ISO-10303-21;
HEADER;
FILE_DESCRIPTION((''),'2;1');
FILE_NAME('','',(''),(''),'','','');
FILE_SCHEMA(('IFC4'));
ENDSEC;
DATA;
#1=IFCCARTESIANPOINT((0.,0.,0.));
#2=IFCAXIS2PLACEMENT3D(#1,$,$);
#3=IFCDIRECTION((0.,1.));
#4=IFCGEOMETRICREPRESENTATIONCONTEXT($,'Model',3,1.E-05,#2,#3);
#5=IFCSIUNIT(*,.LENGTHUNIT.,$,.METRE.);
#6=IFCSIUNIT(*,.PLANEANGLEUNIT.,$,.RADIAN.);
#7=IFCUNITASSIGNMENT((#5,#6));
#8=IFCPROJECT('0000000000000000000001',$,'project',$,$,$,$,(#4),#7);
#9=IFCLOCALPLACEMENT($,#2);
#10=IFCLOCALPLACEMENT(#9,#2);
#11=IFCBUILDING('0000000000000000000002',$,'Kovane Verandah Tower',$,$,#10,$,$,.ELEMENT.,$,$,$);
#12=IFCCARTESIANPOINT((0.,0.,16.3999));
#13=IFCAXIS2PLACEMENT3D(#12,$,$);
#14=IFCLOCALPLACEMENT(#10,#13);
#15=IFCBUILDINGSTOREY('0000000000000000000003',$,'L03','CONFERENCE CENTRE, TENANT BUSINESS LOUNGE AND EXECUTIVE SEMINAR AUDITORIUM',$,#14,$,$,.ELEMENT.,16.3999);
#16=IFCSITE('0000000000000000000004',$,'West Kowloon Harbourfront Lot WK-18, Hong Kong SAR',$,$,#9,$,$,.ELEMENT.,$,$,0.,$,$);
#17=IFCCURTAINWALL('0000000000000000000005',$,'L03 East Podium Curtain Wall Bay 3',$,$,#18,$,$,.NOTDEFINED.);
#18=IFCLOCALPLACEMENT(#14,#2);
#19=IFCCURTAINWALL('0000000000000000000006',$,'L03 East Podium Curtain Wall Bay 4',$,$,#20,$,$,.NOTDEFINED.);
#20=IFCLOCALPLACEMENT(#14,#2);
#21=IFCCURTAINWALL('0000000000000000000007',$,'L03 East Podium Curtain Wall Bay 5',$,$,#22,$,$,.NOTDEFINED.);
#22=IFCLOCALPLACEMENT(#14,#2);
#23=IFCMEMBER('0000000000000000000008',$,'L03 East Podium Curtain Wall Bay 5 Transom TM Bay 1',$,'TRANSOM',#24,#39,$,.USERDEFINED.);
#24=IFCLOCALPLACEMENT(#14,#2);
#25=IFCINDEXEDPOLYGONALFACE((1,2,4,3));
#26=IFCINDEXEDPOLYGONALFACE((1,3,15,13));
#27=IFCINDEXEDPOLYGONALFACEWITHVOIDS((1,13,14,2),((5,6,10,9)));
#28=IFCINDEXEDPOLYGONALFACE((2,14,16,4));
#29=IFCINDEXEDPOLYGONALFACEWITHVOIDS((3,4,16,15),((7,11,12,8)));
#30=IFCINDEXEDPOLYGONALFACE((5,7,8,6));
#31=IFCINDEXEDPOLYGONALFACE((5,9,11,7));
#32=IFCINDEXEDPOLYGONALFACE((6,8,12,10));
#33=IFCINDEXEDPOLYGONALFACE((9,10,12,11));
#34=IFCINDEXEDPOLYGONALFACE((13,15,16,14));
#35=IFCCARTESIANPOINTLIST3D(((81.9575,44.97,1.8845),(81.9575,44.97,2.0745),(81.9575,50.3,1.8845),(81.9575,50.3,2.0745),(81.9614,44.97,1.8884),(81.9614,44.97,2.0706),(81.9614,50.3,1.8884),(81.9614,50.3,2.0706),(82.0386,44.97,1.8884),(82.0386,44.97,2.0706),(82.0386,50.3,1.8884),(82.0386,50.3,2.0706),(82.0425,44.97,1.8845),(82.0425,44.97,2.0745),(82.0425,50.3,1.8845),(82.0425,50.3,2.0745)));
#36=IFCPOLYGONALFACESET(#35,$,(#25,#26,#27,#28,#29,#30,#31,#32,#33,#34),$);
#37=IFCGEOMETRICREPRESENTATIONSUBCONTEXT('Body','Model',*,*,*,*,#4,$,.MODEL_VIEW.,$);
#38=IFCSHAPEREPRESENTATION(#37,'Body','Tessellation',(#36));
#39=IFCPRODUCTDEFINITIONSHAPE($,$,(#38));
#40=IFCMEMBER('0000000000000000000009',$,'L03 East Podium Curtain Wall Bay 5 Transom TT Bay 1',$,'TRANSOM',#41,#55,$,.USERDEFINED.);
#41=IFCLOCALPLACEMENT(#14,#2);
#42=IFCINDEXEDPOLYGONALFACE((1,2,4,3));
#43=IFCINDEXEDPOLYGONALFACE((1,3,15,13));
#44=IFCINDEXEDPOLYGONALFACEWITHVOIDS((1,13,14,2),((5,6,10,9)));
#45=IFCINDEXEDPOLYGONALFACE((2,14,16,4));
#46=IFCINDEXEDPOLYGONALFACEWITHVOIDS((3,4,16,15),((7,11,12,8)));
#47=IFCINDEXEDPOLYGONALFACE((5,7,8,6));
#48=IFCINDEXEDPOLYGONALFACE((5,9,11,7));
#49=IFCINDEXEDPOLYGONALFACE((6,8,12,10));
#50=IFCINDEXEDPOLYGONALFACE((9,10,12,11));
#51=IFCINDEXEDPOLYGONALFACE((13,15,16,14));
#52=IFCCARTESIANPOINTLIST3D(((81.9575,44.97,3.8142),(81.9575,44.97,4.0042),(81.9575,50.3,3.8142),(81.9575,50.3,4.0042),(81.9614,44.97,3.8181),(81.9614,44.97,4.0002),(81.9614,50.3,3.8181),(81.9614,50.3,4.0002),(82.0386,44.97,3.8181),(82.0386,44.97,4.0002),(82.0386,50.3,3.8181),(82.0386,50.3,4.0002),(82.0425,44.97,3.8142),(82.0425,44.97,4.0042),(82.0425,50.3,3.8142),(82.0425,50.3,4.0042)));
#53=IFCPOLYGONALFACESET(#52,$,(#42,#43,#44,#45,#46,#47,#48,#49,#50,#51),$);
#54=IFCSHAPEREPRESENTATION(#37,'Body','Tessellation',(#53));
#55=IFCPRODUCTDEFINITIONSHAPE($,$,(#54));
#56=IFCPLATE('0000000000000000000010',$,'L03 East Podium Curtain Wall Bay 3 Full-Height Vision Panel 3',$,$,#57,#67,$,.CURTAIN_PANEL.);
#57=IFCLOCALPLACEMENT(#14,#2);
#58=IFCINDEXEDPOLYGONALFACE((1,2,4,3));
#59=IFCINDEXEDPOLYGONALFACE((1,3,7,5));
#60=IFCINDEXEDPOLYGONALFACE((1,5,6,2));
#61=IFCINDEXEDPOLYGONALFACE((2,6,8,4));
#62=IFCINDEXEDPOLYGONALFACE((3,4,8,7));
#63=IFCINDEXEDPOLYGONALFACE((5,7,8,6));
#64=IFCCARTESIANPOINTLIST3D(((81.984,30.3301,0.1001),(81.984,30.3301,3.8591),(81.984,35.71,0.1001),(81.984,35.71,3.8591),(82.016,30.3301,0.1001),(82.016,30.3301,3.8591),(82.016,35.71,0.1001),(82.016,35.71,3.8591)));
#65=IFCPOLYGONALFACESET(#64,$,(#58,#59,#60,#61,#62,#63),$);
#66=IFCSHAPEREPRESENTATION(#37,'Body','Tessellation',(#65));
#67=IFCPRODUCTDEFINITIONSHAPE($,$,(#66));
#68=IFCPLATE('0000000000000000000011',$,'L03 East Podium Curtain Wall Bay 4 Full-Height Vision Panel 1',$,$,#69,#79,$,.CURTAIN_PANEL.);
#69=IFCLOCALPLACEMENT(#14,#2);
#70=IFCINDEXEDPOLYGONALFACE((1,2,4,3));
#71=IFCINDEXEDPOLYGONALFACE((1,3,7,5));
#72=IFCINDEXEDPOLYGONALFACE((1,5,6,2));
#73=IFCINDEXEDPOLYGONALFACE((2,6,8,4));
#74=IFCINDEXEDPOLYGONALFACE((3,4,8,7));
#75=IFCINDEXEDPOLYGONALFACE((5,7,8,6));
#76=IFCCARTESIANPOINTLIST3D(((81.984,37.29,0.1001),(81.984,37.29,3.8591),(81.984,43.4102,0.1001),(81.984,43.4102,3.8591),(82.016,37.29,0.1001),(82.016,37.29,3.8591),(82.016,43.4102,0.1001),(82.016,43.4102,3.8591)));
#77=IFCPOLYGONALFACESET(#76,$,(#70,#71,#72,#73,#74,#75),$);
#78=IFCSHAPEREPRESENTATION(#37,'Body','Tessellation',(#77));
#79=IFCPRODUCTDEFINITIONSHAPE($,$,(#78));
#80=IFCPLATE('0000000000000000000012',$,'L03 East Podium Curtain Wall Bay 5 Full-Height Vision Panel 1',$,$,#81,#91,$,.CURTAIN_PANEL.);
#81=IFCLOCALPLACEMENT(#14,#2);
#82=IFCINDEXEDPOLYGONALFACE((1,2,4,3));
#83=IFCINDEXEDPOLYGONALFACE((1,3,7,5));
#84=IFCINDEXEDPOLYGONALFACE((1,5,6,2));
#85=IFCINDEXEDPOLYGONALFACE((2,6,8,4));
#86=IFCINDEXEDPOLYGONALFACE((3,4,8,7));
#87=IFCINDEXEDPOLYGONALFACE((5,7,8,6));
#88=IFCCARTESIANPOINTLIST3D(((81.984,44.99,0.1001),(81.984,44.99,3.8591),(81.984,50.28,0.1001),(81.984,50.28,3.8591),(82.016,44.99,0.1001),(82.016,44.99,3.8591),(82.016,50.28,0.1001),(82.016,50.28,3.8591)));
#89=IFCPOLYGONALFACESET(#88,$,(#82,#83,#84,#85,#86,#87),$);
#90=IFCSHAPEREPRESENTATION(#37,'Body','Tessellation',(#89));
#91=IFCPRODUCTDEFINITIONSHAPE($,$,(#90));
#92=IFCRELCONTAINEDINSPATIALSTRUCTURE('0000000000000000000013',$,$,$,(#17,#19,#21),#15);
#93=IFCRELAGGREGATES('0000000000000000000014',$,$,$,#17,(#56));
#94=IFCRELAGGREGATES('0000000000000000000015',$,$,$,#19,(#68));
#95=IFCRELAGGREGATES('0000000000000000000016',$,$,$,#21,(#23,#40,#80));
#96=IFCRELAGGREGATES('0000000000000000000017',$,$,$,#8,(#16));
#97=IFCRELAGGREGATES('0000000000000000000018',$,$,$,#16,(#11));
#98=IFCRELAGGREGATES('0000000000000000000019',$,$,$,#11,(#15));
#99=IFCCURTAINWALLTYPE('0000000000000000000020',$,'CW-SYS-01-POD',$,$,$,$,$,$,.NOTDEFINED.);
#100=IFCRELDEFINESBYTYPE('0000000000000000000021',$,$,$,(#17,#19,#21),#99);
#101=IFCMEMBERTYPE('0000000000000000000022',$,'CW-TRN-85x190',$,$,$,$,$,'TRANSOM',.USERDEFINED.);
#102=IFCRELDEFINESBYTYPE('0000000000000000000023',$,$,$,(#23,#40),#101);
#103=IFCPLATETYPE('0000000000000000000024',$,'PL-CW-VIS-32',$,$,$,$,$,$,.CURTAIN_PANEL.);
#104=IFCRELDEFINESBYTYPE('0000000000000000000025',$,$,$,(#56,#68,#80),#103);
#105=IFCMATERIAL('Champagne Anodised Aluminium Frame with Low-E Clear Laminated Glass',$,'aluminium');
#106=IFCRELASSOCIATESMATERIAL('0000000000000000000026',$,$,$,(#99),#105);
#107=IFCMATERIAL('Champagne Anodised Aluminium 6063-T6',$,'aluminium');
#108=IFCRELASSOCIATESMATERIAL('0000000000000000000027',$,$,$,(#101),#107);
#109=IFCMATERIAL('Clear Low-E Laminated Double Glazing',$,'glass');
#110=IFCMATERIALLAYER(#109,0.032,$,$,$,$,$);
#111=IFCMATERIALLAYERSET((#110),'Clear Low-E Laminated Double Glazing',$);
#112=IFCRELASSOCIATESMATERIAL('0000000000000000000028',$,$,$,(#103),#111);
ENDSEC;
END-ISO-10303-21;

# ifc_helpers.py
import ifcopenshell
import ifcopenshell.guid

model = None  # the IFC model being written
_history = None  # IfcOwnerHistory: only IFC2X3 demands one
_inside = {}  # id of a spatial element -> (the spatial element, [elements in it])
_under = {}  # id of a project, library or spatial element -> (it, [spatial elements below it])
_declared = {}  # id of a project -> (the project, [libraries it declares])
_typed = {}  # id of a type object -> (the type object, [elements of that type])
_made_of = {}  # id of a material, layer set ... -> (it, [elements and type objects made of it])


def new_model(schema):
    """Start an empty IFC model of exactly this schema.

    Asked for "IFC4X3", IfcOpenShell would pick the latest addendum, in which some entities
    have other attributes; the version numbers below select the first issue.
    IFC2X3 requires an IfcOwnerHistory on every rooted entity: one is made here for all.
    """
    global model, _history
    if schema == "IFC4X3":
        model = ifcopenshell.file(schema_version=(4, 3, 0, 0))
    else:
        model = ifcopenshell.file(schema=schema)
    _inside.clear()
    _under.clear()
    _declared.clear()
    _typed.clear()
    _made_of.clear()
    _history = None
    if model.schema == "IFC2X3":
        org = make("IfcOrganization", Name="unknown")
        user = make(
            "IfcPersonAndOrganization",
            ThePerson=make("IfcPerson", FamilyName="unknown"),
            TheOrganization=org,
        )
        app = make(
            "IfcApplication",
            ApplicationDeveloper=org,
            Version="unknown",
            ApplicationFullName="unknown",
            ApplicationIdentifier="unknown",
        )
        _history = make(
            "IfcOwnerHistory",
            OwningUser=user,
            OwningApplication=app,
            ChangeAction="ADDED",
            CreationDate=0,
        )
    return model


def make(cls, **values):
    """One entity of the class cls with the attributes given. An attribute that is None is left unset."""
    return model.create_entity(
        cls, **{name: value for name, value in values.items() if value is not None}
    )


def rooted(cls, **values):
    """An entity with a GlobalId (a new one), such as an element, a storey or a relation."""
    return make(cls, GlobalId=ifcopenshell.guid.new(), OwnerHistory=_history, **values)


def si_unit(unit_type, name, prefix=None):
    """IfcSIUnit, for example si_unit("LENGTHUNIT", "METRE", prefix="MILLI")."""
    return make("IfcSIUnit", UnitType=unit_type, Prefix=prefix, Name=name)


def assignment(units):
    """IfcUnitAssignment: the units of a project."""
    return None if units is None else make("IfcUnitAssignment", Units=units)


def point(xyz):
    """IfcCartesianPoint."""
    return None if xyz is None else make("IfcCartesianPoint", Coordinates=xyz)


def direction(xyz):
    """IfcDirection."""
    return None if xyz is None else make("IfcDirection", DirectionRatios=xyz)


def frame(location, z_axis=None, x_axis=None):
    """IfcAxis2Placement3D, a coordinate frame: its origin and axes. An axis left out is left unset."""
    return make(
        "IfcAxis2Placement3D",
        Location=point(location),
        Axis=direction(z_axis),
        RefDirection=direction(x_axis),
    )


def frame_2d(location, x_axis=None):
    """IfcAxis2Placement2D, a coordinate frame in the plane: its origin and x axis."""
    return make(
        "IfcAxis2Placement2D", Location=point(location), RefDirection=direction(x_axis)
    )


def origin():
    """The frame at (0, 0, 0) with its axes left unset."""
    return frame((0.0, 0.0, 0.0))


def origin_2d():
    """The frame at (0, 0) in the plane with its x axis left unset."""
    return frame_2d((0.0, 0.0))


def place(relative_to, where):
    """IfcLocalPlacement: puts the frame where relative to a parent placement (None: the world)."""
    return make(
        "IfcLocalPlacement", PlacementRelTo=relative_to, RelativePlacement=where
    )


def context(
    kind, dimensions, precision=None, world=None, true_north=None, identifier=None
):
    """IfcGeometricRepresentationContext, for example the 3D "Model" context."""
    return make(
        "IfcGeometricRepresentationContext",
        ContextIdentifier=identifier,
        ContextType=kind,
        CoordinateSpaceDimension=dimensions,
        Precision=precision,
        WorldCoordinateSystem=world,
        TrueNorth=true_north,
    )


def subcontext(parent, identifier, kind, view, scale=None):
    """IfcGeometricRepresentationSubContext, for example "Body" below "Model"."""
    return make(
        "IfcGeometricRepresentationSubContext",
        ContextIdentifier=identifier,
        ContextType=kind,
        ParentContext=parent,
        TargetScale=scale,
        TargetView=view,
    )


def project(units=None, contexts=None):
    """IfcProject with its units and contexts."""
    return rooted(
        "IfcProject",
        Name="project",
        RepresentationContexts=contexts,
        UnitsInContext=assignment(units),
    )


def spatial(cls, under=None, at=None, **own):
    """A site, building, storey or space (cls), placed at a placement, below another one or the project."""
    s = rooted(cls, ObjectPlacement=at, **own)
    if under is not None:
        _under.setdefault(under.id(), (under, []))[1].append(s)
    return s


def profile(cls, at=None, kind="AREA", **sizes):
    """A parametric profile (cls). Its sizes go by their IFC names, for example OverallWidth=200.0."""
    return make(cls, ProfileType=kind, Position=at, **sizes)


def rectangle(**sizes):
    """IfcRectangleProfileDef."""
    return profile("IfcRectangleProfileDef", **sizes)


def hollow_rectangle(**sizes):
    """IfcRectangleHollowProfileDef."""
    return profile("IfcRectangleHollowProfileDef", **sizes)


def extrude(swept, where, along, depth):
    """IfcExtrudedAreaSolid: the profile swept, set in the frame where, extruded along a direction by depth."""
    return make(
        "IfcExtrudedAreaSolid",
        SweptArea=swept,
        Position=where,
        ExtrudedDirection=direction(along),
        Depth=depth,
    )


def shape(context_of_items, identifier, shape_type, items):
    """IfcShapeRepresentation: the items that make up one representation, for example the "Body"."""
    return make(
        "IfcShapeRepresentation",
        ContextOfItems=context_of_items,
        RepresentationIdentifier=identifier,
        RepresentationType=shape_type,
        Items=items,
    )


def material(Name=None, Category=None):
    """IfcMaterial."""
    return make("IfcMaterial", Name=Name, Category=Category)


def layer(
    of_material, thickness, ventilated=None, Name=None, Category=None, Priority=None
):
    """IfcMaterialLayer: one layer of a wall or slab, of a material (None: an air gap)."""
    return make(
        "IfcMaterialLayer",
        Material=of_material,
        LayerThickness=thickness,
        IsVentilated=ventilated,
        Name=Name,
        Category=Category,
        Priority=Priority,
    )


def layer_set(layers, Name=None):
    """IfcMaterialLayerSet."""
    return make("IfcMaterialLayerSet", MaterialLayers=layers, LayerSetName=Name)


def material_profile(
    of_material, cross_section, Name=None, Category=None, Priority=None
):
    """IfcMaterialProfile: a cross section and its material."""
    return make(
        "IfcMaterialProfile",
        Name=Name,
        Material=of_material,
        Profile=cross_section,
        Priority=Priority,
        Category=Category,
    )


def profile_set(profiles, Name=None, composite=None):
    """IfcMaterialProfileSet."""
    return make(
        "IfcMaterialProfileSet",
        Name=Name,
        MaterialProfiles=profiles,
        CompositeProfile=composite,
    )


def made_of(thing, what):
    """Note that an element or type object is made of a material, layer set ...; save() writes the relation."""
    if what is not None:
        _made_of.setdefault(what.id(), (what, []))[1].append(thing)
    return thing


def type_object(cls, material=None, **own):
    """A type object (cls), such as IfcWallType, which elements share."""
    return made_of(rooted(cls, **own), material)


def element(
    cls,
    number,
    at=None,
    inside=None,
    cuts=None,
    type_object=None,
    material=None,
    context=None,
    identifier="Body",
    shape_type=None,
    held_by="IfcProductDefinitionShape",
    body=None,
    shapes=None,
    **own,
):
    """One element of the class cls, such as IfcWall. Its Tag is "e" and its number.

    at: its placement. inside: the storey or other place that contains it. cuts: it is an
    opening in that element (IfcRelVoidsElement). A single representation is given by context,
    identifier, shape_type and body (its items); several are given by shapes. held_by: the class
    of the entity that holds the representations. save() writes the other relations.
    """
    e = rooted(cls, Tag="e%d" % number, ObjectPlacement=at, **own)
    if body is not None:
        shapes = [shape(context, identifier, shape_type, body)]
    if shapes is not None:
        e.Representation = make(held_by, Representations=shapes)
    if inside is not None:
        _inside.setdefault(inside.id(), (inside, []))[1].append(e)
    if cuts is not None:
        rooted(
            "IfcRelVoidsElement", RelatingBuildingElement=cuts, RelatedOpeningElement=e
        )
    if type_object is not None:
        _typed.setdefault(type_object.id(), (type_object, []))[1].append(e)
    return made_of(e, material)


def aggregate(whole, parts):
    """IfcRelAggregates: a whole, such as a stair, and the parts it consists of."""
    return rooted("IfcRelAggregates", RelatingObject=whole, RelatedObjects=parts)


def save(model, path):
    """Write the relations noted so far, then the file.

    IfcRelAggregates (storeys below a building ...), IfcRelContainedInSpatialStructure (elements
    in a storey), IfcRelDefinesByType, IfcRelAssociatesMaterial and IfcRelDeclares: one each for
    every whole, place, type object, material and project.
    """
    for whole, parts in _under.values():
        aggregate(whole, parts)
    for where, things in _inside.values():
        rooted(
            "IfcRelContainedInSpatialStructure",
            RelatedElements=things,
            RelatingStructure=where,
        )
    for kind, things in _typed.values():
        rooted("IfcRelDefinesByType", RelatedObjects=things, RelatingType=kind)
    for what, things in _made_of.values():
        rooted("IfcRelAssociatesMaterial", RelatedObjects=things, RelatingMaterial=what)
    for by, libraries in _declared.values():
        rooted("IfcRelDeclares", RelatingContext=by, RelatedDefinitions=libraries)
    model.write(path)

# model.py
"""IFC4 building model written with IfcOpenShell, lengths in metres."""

from ifc_helpers import new_model, si_unit, direction, frame, origin, origin_2d, place, context, subcontext, project, spatial, rectangle, hollow_rectangle, extrude, material, layer, layer_set, material_profile, profile_set, type_object, element, aggregate, save


model = new_model("IFC4")

# Units and contexts
model_context = context("Model", 3, precision=1e-05, world=origin(), true_north=direction((0.0, 1.0)))
body_context = subcontext(model_context, "Body", "Model", "MODEL_VIEW")
ifc_project = project(units=[si_unit("LENGTHUNIT", "METRE"), si_unit("PLANEANGLEUNIT", "RADIAN")], contexts=[model_context])

# Site, building, storey
site_placement = place(None, origin())
site = spatial("IfcSite", under=ifc_project, at=site_placement, Name="West Kowloon Harbourfront Lot WK-18, Hong Kong SAR", CompositionType="ELEMENT", RefElevation=0.0)
building_placement = place(site_placement, origin())
building = spatial("IfcBuilding", under=site, at=building_placement, Name="Kovane Verandah Tower", CompositionType="ELEMENT")
storey_placement = place(building_placement, frame((0.0, 0.0, 16.3999)))
storey = spatial("IfcBuildingStorey", under=building, at=storey_placement, Name="L03", Description="CONFERENCE CENTRE, TENANT BUSINESS LOUNGE AND EXECUTIVE SEMINAR AUDITORIUM", CompositionType="ELEMENT", Elevation=16.3999)

# Curtain wall
ifc_material_1 = material(Name="Champagne Anodised Aluminium Frame with Low-E Clear Laminated Glass", Category="aluminium")
curtain_wall_type = type_object("IfcCurtainWallType", Name="CW-SYS-01-POD", PredefinedType="NOTDEFINED", material=ifc_material_1)
curtain_wall_1_placement = place(storey_placement, origin())
curtain_wall_1 = element("IfcCurtainWall", 1, at=curtain_wall_1_placement, inside=storey, type_object=curtain_wall_type, Name="L03 East Podium Curtain Wall Bay 3", PredefinedType="NOTDEFINED")
ifc_material_2 = material(Name="Champagne Anodised Aluminium 6063-T6", Category="aluminium")

# Curtain wall
curtain_wall_2_placement = place(storey_placement, origin())
curtain_wall_2 = element("IfcCurtainWall", 2, at=curtain_wall_2_placement, inside=storey, type_object=curtain_wall_type, Name="L03 East Podium Curtain Wall Bay 4", PredefinedType="NOTDEFINED")

# Curtain wall
curtain_wall_3_placement = place(storey_placement, origin())
curtain_wall_3 = element("IfcCurtainWall", 3, at=curtain_wall_3_placement, inside=storey, type_object=curtain_wall_type, Name="L03 East Podium Curtain Wall Bay 5", PredefinedType="NOTDEFINED")

# Members
ifc_material_profile_1 = material_profile(ifc_material_2, hollow_rectangle(XDim=0.085, YDim=0.1899, WallThickness=0.0039, at=origin_2d()), Name="AL85x190x4")
ifc_profile_set_1 = profile_set([ifc_material_profile_1], Name="Champagne Anodised Aluminium 6063-T6")
member_type_1 = type_object("IfcMemberType", Name="CW-TRN-85x190", ElementType="TRANSOM", PredefinedType="USERDEFINED", material=ifc_profile_set_1)
member_1_placement = place(storey_placement, frame((82.0, 44.97, 1.9795), z_axis=(0.0, 1.0, 0.0), x_axis=(-1.0, 0.0, 0.0)))
member_1 = element("IfcMember", 4, at=member_1_placement, type_object=member_type_1, Name="L03 East Podium Curtain Wall Bay 5 Transom TM Bay 1", ObjectType="TRANSOM", PredefinedType="USERDEFINED", context=body_context, shape_type="SweptSolid", body=[
    extrude(hollow_rectangle(XDim=0.085, YDim=0.1899, WallThickness=0.0039, at=origin_2d()), origin(), (0.0, 0.0, 1.0), 5.3301),
])
member_2_placement = place(storey_placement, frame((82.0, 44.97, 3.9092), z_axis=(0.0, 1.0, 0.0), x_axis=(-1.0, 0.0, 0.0)))
member_2 = element("IfcMember", 5, at=member_2_placement, type_object=member_type_1, Name="L03 East Podium Curtain Wall Bay 5 Transom TT Bay 1", ObjectType="TRANSOM", PredefinedType="USERDEFINED", context=body_context, shape_type="SweptSolid", body=[
    extrude(hollow_rectangle(XDim=0.085, YDim=0.1899, WallThickness=0.0039, at=origin_2d()), origin(), (0.0, 0.0, 1.0), 5.3301),
])

# Plates
ifc_material_3 = material(Name="Clear Low-E Laminated Double Glazing", Category="glass")
ifc_layer_1 = layer(ifc_material_3, 0.032)
ifc_layer_set_1 = layer_set([ifc_layer_1], Name="Clear Low-E Laminated Double Glazing")
plate_type = type_object("IfcPlateType", Name="PL-CW-VIS-32", PredefinedType="CURTAIN_PANEL", material=ifc_layer_set_1)
plate_1_placement = place(storey_placement, frame((82.0, 33.02, 0.1001), z_axis=(0.0, 0.0, 1.0), x_axis=(0.0, 1.0, 0.0)))
plate_1 = element("IfcPlate", 6, at=plate_1_placement, type_object=plate_type, Name="L03 East Podium Curtain Wall Bay 3 Full-Height Vision Panel 3", PredefinedType="CURTAIN_PANEL", context=body_context, shape_type="SweptSolid", body=[
    extrude(rectangle(XDim=5.3799, YDim=0.032, at=origin_2d()), origin(), (0.0, 0.0, 1.0), 3.759),
])
aggregate(curtain_wall_1, [plate_1])
plate_2_placement = place(storey_placement, frame((82.0, 40.3501, 0.1001), z_axis=(0.0, 0.0, 1.0), x_axis=(0.0, 1.0, 0.0)))
plate_2 = element("IfcPlate", 7, at=plate_2_placement, type_object=plate_type, Name="L03 East Podium Curtain Wall Bay 4 Full-Height Vision Panel 1", PredefinedType="CURTAIN_PANEL", context=body_context, shape_type="SweptSolid", body=[
    extrude(rectangle(XDim=6.1201, YDim=0.032, at=origin_2d()), origin(), (0.0, 0.0, 1.0), 3.759),
])
aggregate(curtain_wall_2, [plate_2])
plate_3_placement = place(storey_placement, frame((82.0, 47.635, 0.1001), z_axis=(0.0, 0.0, 1.0), x_axis=(0.0, 1.0, 0.0)))
plate_3 = element("IfcPlate", 8, at=plate_3_placement, type_object=plate_type, Name="L03 East Podium Curtain Wall Bay 5 Full-Height Vision Panel 1", PredefinedType="CURTAIN_PANEL", context=body_context, shape_type="SweptSolid", body=[
    extrude(rectangle(XDim=5.29, YDim=0.032, at=origin_2d()), origin(), (0.0, 0.0, 1.0), 3.759),
])
aggregate(curtain_wall_3, [member_1, member_2, plate_3])

save(model, "model.ifc")
